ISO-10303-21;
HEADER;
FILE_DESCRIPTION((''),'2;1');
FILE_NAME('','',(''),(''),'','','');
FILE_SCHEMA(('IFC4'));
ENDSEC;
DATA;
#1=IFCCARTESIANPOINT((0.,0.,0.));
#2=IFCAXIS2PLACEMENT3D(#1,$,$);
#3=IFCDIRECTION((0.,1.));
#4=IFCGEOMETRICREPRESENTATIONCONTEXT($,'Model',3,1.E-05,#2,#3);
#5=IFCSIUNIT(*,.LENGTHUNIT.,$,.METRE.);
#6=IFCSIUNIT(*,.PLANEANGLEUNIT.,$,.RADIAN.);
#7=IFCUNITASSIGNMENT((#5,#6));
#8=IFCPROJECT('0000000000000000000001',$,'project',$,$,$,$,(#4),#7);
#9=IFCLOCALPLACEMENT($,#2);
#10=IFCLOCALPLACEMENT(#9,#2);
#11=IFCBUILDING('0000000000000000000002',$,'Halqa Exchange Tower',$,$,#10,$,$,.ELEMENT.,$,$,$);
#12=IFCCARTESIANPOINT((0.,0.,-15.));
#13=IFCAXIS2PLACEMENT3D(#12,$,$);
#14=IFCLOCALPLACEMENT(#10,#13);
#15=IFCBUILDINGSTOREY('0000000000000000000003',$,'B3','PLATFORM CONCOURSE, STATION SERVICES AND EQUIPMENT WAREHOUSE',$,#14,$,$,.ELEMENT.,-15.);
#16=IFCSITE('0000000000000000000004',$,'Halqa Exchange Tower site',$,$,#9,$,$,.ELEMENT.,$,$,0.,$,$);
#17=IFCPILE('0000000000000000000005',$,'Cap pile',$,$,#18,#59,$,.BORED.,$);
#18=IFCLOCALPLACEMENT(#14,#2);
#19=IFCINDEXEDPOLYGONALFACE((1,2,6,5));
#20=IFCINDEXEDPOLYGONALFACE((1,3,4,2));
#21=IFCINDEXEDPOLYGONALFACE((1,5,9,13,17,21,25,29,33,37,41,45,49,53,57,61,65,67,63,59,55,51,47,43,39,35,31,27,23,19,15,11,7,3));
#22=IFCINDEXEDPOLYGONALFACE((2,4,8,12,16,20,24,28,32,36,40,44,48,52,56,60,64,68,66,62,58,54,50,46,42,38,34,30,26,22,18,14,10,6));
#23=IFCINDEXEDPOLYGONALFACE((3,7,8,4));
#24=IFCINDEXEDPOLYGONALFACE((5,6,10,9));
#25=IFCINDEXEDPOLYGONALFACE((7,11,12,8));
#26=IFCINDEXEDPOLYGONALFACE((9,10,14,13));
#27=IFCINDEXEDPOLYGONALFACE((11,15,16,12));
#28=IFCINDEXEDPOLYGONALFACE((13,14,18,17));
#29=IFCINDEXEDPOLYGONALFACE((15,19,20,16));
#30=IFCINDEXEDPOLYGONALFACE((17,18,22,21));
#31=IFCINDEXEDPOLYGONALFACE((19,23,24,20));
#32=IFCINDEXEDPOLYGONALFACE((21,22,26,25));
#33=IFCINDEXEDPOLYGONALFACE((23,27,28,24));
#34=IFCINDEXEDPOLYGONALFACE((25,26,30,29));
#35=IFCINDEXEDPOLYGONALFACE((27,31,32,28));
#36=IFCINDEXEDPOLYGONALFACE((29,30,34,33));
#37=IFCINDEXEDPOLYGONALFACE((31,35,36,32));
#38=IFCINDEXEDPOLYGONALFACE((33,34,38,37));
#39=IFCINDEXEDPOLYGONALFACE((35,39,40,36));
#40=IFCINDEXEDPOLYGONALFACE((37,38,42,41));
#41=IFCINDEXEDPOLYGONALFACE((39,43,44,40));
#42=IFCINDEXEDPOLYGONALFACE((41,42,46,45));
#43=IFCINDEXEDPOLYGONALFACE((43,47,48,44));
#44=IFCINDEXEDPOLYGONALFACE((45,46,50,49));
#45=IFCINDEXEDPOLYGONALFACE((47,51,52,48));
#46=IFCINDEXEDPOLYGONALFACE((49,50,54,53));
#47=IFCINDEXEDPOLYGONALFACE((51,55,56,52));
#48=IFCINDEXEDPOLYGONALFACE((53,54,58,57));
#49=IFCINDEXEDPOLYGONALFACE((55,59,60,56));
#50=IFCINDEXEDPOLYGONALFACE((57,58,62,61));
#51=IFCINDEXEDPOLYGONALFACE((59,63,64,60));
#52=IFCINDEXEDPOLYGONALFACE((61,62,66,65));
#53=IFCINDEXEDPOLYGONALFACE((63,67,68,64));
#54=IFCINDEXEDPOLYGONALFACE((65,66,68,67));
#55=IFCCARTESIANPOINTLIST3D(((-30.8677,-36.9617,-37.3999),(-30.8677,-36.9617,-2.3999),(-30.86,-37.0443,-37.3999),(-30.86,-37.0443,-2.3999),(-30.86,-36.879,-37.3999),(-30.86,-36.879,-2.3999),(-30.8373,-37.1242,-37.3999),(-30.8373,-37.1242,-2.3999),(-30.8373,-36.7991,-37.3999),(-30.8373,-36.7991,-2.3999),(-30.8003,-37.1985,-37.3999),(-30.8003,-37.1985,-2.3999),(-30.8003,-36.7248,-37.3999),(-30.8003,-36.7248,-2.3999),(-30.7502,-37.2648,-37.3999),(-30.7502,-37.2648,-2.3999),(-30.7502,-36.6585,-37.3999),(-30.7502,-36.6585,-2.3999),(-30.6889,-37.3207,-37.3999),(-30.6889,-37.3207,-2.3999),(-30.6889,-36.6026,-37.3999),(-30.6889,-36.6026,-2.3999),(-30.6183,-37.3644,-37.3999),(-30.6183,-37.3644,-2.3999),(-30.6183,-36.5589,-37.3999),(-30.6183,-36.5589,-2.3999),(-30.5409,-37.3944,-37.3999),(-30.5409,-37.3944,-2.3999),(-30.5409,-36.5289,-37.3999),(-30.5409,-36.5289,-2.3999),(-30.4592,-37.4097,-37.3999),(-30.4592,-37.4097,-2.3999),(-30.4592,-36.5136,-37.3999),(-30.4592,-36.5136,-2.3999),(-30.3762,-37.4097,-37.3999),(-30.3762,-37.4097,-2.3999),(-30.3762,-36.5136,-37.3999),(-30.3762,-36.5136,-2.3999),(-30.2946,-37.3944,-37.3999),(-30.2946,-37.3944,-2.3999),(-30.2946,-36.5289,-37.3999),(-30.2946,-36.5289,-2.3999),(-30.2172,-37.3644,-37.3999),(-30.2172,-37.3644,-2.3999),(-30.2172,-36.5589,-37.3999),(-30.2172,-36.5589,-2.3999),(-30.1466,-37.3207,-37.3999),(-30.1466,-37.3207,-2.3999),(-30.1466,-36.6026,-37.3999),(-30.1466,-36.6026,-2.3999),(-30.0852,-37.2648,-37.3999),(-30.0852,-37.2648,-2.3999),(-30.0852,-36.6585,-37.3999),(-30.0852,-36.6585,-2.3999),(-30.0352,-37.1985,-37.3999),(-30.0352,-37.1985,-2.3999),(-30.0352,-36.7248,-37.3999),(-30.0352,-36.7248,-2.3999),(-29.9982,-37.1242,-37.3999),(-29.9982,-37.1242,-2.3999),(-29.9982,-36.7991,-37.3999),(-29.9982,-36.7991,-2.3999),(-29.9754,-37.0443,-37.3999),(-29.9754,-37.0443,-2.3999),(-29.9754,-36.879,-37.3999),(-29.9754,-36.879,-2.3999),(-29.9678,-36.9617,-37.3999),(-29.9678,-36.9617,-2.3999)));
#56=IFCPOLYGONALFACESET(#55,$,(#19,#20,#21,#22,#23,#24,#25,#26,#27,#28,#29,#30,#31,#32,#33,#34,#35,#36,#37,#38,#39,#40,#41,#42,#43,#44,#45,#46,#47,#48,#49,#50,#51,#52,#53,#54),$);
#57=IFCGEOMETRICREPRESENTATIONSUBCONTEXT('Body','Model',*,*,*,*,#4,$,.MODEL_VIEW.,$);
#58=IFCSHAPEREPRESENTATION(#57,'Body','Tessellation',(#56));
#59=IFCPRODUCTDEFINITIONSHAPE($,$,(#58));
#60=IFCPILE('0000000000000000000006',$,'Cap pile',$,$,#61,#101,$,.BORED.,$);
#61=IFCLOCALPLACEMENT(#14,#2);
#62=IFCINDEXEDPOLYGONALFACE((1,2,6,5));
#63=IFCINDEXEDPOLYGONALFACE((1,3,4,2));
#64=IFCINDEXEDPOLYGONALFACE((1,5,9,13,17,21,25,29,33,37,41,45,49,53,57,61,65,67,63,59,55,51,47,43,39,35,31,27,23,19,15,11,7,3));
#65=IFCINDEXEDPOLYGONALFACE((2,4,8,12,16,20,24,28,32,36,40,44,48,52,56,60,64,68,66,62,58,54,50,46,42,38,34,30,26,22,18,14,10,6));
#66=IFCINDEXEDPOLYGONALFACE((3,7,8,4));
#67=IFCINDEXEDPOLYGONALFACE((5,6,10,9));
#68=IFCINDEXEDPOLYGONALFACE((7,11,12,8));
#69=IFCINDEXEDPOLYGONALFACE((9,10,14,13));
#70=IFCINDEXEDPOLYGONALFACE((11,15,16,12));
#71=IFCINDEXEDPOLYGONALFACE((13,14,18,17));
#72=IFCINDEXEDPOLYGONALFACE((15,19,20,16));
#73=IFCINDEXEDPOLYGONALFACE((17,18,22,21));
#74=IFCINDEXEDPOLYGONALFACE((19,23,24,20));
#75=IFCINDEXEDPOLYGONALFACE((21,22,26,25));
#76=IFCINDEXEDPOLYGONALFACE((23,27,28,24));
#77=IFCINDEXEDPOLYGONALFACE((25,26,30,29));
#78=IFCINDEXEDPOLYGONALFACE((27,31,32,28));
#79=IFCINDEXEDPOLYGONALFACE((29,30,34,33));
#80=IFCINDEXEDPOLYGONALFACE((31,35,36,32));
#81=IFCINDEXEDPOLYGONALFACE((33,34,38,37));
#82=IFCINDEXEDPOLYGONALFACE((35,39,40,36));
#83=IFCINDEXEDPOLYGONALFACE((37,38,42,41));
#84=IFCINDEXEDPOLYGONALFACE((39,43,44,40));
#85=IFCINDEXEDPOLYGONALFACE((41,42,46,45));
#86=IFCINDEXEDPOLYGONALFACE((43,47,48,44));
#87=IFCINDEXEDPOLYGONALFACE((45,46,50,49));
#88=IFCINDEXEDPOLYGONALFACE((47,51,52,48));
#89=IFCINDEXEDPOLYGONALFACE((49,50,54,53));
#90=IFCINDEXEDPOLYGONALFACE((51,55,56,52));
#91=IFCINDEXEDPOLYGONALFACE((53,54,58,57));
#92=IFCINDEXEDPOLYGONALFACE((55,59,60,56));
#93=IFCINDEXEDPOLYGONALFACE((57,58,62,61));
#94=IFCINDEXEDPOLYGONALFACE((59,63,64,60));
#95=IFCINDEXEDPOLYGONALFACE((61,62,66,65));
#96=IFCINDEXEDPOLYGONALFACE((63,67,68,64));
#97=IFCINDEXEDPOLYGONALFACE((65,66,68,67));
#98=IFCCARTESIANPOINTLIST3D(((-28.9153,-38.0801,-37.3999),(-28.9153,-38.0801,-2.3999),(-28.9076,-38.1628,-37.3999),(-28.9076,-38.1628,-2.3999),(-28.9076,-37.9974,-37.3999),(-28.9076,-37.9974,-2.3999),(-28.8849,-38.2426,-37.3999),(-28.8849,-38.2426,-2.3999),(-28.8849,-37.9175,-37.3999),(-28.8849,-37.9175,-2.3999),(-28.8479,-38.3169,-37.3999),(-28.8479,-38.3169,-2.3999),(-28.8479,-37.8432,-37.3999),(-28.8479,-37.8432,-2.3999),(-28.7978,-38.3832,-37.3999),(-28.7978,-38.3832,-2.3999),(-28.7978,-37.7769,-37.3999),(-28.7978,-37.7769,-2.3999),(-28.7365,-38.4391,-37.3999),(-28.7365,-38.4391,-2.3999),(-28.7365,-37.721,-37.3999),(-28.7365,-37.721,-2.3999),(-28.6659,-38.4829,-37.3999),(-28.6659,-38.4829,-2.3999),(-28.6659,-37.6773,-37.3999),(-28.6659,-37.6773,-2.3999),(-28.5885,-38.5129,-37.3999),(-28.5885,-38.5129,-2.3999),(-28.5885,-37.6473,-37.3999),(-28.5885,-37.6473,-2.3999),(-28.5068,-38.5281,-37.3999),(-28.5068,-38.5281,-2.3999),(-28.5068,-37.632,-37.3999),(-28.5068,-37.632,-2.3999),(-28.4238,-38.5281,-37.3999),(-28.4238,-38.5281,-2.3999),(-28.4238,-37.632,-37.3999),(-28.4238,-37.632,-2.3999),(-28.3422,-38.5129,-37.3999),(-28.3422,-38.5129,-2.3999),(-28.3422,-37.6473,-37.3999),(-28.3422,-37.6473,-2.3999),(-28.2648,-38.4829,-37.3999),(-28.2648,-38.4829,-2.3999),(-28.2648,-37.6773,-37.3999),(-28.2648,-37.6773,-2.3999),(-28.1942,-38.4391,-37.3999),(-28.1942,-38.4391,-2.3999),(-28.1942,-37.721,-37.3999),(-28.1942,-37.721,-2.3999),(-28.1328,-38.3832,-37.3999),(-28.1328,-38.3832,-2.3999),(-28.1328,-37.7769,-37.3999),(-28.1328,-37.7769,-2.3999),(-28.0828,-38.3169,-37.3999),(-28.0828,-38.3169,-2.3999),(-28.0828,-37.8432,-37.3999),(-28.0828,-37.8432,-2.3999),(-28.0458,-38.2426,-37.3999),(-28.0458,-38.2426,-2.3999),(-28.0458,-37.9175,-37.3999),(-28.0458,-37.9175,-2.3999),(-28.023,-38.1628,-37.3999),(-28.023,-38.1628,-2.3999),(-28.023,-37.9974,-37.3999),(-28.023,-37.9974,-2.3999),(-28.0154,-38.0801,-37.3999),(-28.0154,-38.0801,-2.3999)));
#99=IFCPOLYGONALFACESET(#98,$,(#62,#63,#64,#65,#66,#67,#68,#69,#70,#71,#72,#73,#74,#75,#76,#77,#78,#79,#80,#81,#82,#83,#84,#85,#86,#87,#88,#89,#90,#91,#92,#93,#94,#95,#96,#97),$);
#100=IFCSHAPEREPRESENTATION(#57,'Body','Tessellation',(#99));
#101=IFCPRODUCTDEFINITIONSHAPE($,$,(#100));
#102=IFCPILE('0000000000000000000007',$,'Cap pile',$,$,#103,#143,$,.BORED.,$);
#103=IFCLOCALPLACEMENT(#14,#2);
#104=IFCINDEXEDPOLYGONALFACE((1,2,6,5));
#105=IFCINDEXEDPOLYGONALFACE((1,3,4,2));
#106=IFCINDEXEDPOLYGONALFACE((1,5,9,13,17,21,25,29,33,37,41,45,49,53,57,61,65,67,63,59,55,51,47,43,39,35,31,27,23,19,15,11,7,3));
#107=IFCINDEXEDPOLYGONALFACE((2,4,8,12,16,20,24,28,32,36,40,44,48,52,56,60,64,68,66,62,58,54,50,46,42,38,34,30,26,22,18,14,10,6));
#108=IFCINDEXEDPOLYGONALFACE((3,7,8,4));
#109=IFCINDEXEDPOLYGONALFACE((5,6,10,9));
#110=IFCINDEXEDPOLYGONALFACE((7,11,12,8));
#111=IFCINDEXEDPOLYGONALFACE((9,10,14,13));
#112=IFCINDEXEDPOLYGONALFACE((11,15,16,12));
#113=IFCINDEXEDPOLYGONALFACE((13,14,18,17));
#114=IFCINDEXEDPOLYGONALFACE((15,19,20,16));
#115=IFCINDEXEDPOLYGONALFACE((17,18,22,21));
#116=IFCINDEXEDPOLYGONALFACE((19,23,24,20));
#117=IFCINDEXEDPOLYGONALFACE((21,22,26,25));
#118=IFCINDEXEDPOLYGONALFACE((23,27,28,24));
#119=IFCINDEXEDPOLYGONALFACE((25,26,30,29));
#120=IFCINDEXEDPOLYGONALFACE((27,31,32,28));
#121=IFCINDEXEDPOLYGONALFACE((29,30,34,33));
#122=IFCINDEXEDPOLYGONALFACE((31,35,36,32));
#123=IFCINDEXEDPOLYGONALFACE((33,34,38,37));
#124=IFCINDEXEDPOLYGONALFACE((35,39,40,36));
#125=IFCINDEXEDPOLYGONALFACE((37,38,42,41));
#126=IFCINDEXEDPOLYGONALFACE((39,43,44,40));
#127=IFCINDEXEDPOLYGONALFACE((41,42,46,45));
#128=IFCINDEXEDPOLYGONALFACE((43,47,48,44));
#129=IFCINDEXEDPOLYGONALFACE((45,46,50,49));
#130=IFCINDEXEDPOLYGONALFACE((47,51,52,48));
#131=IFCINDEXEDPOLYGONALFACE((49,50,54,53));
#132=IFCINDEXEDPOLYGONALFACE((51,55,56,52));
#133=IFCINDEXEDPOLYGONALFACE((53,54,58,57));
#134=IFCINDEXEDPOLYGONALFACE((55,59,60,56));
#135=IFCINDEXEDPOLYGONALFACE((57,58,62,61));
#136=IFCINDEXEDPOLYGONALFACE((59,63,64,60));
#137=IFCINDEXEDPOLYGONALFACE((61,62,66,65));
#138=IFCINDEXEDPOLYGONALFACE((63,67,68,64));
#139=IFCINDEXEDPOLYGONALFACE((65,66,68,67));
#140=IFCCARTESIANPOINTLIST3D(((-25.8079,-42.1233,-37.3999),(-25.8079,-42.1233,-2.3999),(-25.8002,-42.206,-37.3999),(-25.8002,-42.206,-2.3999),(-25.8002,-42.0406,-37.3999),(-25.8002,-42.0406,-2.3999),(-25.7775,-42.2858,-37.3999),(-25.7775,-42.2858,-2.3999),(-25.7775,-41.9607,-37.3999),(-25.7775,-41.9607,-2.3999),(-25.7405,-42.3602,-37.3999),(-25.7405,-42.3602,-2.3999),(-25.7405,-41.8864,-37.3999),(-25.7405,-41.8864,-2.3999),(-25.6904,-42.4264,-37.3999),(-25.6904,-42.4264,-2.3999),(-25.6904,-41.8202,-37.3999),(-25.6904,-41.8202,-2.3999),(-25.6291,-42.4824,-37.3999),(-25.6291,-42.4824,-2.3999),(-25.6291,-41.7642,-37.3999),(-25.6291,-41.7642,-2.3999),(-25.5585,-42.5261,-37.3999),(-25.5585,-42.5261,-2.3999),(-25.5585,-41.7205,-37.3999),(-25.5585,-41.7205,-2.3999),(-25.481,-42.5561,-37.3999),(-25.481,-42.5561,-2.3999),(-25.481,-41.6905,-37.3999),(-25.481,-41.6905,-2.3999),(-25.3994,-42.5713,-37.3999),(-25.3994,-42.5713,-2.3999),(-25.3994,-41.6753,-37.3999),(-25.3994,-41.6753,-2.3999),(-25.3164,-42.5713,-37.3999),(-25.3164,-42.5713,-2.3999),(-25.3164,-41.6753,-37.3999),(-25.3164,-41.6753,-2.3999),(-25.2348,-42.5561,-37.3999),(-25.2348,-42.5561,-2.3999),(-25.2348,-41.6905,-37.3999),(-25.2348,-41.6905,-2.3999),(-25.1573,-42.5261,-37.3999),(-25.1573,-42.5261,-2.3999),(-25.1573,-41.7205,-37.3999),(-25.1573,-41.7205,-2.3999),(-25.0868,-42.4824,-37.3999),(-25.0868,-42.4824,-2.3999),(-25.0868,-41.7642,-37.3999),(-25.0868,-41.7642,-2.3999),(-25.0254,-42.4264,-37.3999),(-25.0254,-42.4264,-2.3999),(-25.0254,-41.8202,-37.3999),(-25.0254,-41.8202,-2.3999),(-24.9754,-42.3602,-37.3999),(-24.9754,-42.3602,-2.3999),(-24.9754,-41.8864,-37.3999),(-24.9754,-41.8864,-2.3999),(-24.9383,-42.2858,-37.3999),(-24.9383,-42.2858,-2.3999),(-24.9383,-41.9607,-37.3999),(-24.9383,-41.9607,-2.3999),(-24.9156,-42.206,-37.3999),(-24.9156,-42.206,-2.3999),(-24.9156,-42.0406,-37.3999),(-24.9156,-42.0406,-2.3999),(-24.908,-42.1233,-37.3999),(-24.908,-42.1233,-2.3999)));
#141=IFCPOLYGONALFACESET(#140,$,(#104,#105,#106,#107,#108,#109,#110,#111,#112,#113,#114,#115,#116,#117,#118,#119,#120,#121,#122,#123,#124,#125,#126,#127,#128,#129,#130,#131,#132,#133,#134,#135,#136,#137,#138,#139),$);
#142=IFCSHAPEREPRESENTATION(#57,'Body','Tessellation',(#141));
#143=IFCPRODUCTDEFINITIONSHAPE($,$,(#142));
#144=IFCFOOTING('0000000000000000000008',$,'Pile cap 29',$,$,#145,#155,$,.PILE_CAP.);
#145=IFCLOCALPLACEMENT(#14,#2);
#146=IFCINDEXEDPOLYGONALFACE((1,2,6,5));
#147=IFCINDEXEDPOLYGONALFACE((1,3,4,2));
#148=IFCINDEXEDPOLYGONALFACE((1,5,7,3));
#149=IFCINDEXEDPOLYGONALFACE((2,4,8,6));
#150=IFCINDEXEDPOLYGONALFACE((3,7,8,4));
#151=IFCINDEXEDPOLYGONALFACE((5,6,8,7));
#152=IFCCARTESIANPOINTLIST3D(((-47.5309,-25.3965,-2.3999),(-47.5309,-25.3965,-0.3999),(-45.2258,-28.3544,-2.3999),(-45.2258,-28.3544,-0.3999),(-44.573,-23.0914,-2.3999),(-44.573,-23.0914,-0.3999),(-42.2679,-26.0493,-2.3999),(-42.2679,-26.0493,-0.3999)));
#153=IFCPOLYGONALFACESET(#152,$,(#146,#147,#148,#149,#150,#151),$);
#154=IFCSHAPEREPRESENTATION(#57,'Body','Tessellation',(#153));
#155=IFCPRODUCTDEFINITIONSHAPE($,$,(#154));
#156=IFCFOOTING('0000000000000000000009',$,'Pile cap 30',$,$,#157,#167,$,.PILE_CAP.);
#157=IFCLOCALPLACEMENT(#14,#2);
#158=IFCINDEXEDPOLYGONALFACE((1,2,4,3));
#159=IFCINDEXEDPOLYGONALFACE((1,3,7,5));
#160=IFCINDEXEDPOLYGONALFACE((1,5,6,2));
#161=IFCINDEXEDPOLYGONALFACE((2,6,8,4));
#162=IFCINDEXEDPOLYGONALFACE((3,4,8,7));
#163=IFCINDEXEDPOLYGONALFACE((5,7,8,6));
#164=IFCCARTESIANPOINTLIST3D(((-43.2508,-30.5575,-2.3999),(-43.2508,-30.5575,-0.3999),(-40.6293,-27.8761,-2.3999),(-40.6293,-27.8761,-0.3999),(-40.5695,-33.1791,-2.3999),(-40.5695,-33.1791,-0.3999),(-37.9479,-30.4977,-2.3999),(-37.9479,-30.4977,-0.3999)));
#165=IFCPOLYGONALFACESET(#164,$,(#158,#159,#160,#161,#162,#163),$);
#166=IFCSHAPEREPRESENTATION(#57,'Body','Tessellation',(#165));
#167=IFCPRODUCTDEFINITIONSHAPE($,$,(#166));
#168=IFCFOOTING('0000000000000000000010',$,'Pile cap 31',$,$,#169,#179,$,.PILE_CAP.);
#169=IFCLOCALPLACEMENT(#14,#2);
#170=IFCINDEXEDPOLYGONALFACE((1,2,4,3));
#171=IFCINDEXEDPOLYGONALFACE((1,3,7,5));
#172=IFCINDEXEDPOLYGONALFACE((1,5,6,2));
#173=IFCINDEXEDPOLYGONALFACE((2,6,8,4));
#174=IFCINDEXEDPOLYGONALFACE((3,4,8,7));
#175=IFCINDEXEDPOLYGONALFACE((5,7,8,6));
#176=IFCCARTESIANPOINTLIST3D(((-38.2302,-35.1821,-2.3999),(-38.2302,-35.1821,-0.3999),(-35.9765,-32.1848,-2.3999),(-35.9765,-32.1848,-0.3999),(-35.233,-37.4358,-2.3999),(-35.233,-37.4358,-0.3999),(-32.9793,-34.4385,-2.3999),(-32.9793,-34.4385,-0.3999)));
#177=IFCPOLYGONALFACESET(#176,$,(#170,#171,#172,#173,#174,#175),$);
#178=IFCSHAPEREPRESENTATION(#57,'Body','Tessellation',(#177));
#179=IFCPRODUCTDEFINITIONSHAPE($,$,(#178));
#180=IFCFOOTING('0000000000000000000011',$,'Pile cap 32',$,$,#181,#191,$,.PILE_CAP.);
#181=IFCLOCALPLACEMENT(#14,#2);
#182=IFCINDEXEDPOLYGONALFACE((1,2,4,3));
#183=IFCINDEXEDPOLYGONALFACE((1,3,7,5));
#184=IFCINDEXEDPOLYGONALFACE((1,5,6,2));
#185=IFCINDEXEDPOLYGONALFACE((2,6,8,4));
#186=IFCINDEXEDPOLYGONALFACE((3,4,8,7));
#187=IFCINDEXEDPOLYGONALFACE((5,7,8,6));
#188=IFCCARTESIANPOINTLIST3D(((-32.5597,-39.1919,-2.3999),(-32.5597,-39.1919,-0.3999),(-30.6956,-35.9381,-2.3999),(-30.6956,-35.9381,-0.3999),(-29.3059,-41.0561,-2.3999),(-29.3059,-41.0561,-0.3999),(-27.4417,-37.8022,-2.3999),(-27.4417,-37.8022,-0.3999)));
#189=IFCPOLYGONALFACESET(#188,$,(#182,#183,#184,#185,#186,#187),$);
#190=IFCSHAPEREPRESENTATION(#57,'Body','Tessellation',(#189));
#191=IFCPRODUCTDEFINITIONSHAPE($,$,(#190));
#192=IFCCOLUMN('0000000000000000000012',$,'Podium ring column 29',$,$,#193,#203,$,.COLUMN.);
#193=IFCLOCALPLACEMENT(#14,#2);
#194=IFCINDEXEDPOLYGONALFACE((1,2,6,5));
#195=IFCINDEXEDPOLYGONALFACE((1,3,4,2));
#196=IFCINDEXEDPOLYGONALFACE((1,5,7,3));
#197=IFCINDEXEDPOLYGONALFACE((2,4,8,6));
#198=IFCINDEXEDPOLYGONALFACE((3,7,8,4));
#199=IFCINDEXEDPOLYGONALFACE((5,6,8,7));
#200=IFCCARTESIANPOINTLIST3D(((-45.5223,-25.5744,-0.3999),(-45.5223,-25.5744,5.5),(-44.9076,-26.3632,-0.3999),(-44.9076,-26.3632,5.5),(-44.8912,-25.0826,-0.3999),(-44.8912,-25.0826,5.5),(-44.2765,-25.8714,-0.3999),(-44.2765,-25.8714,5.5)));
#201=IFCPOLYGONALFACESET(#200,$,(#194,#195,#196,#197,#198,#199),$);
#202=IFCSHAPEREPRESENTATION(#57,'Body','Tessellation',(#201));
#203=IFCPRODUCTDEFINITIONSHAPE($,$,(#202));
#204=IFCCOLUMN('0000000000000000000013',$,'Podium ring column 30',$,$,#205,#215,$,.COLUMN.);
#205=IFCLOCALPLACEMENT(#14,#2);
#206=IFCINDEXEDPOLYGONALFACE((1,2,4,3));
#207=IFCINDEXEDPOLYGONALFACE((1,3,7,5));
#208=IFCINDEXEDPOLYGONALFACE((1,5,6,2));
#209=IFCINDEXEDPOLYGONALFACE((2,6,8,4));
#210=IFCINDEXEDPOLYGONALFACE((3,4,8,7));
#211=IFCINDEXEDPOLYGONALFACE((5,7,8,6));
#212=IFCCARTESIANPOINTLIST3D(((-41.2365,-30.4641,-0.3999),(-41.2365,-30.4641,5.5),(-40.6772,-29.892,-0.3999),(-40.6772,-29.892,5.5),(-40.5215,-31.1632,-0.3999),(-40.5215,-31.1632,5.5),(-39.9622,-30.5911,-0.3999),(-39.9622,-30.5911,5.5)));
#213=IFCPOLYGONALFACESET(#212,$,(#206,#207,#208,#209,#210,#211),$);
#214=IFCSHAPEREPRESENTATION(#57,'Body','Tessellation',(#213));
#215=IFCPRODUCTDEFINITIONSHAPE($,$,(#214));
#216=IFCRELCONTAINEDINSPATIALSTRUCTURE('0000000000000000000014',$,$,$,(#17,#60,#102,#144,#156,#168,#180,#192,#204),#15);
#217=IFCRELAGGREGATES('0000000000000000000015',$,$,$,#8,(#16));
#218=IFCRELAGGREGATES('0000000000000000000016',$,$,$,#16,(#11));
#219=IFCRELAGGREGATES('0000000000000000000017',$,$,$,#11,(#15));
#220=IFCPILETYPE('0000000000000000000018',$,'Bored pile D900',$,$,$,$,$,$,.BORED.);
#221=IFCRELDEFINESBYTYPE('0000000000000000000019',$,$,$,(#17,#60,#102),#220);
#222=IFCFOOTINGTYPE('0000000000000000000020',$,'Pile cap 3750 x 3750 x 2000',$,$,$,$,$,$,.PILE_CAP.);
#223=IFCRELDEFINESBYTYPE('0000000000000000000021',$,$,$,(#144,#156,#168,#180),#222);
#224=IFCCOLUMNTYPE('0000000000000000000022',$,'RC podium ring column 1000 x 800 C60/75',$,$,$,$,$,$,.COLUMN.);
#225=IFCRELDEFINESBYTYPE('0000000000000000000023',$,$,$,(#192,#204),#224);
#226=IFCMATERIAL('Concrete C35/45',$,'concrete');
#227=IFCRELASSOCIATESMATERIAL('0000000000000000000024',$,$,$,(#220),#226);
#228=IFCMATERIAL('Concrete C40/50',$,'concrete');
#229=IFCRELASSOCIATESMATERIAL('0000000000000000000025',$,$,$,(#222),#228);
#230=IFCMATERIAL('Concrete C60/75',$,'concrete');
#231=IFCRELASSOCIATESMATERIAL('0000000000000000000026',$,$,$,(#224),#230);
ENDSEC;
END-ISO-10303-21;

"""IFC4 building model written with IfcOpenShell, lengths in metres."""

from ifc_helpers import new_model, si_unit, direction, frame, origin, origin_2d, place, context, subcontext, project, spatial, rectangle, circle, extrude, material, material_profile, profile_set, type_object, element, save


model = new_model("IFC4")

# Units and contexts
model_context = context("Model", 3, precision=1e-05, world=origin(), true_north=direction((0.0, 1.0)))
body_context = subcontext(model_context, "Body", "Model", "MODEL_VIEW")
ifc_project = project(units=[si_unit("LENGTHUNIT", "METRE"), si_unit("PLANEANGLEUNIT", "RADIAN")], contexts=[model_context])

# Site, building, storey
site_placement = place(None, origin())
site = spatial("IfcSite", under=ifc_project, at=site_placement, Name="Halqa Exchange Tower site", CompositionType="ELEMENT", RefElevation=0.0)
building_placement = place(site_placement, origin())
building = spatial("IfcBuilding", under=site, at=building_placement, Name="Halqa Exchange Tower", CompositionType="ELEMENT")
storey_placement = place(building_placement, frame((0.0, 0.0, -15.0)))
storey = spatial("IfcBuildingStorey", under=building, at=storey_placement, Name="B3", Description="PLATFORM CONCOURSE, STATION SERVICES AND EQUIPMENT WAREHOUSE", CompositionType="ELEMENT", Elevation=-15.0)

# Piles
ifc_material_1 = material(Name="Concrete C35/45", Category="concrete")
ifc_material_profile_1 = material_profile(ifc_material_1, circle(Radius=0.45, at=origin_2d()), Name="D900")
ifc_profile_set_1 = profile_set([ifc_material_profile_1], Name="Concrete C35/45")
pile_type = type_object("IfcPileType", Name="Bored pile D900", PredefinedType="BORED", material=ifc_profile_set_1)
for number, where, z_axis, x_axis, name in (
    (1, (-30.4177, -36.9617, -2.3999), (0.0, 0.0, -1.0), (1.0, 0.0, 0.0), "Cap pile"),
    (2, (-28.4653, -38.0801, -2.3999), (0.0, 0.0, -1.0), (1.0, 0.0, 0.0), "Cap pile"),
    (3, (-25.3579, -42.1233, -2.3999), (0.0, 0.0, -1.0), (1.0, 0.0, 0.0), "Cap pile"),
):
    element("IfcPile", number, at=place(storey_placement, frame(where, z_axis=z_axis, x_axis=x_axis)), inside=storey, type_object=pile_type, Name=name, PredefinedType="BORED", context=body_context, shape_type="SweptSolid", body=[
        extrude(circle(Radius=0.45, at=origin_2d()), origin(), (0.0, 0.0, 1.0), 35.0),
    ])

# Footings
ifc_material_2 = material(Name="Concrete C40/50", Category="concrete")
footing_type = type_object("IfcFootingType", Name="Pile cap 3750 x 3750 x 2000", PredefinedType="PILE_CAP", material=ifc_material_2)
for number, where, z_axis, x_axis, name in (
    (4, (-44.8994, -25.7229, -2.3999), (0.0, 0.0, 1.0), (0.614691, -0.788768, 0.0), "Pile cap 29"),
    (5, (-40.5994, -30.5276, -2.3999), (0.0, 0.0, 1.0), (0.715039, -0.699085, 0.0), "Pile cap 30"),
    (6, (-35.6047, -34.8103, -2.3999), (0.0, 0.0, 1.0), (0.79926, -0.600985, 0.0), "Pile cap 31"),
    (7, (-30.0007, -38.4971, -2.3999), (0.0, 0.0, 1.0), (0.867693, -0.4971, 0.0), "Pile cap 32"),
):
    element("IfcFooting", number, at=place(storey_placement, frame(where, z_axis=z_axis, x_axis=x_axis)), inside=storey, type_object=footing_type, Name=name, PredefinedType="PILE_CAP", context=body_context, shape_type="SweptSolid", body=[
        extrude(rectangle(XDim=3.75, YDim=3.75, at=origin_2d()), origin(), (0.0, 0.0, 1.0), 2.0),
    ])

# Columns
ifc_material_3 = material(Name="Concrete C60/75", Category="concrete")
ifc_material_profile_2 = material_profile(ifc_material_3, rectangle(XDim=1.0, YDim=0.8, at=origin_2d()), Name="1000 x 800")
ifc_profile_set_2 = profile_set([ifc_material_profile_2], Name="Concrete C60/75")
column_type = type_object("IfcColumnType", Name="RC podium ring column 1000 x 800 C60/75", PredefinedType="COLUMN", material=ifc_profile_set_2)
for number, where, z_axis, x_axis, name in (
    (8, (-44.8994, -25.7229, -0.3999), (0.0, 0.0, 1.0), (0.614691, -0.788768, 0.0), "Podium ring column 29"),
    (9, (-40.5994, -30.5276, -0.3999), (0.0, 0.0, 1.0), (0.715039, -0.699085, 0.0), "Podium ring column 30"),
):
    element("IfcColumn", number, at=place(storey_placement, frame(where, z_axis=z_axis, x_axis=x_axis)), inside=storey, type_object=column_type, Name=name, PredefinedType="COLUMN", context=body_context, shape_type="SweptSolid", body=[
        extrude(rectangle(XDim=1.0, YDim=0.8, at=origin_2d()), origin(), (0.0, 0.0, 1.0), 5.8999),
    ])

save(model, "model.ifc")
